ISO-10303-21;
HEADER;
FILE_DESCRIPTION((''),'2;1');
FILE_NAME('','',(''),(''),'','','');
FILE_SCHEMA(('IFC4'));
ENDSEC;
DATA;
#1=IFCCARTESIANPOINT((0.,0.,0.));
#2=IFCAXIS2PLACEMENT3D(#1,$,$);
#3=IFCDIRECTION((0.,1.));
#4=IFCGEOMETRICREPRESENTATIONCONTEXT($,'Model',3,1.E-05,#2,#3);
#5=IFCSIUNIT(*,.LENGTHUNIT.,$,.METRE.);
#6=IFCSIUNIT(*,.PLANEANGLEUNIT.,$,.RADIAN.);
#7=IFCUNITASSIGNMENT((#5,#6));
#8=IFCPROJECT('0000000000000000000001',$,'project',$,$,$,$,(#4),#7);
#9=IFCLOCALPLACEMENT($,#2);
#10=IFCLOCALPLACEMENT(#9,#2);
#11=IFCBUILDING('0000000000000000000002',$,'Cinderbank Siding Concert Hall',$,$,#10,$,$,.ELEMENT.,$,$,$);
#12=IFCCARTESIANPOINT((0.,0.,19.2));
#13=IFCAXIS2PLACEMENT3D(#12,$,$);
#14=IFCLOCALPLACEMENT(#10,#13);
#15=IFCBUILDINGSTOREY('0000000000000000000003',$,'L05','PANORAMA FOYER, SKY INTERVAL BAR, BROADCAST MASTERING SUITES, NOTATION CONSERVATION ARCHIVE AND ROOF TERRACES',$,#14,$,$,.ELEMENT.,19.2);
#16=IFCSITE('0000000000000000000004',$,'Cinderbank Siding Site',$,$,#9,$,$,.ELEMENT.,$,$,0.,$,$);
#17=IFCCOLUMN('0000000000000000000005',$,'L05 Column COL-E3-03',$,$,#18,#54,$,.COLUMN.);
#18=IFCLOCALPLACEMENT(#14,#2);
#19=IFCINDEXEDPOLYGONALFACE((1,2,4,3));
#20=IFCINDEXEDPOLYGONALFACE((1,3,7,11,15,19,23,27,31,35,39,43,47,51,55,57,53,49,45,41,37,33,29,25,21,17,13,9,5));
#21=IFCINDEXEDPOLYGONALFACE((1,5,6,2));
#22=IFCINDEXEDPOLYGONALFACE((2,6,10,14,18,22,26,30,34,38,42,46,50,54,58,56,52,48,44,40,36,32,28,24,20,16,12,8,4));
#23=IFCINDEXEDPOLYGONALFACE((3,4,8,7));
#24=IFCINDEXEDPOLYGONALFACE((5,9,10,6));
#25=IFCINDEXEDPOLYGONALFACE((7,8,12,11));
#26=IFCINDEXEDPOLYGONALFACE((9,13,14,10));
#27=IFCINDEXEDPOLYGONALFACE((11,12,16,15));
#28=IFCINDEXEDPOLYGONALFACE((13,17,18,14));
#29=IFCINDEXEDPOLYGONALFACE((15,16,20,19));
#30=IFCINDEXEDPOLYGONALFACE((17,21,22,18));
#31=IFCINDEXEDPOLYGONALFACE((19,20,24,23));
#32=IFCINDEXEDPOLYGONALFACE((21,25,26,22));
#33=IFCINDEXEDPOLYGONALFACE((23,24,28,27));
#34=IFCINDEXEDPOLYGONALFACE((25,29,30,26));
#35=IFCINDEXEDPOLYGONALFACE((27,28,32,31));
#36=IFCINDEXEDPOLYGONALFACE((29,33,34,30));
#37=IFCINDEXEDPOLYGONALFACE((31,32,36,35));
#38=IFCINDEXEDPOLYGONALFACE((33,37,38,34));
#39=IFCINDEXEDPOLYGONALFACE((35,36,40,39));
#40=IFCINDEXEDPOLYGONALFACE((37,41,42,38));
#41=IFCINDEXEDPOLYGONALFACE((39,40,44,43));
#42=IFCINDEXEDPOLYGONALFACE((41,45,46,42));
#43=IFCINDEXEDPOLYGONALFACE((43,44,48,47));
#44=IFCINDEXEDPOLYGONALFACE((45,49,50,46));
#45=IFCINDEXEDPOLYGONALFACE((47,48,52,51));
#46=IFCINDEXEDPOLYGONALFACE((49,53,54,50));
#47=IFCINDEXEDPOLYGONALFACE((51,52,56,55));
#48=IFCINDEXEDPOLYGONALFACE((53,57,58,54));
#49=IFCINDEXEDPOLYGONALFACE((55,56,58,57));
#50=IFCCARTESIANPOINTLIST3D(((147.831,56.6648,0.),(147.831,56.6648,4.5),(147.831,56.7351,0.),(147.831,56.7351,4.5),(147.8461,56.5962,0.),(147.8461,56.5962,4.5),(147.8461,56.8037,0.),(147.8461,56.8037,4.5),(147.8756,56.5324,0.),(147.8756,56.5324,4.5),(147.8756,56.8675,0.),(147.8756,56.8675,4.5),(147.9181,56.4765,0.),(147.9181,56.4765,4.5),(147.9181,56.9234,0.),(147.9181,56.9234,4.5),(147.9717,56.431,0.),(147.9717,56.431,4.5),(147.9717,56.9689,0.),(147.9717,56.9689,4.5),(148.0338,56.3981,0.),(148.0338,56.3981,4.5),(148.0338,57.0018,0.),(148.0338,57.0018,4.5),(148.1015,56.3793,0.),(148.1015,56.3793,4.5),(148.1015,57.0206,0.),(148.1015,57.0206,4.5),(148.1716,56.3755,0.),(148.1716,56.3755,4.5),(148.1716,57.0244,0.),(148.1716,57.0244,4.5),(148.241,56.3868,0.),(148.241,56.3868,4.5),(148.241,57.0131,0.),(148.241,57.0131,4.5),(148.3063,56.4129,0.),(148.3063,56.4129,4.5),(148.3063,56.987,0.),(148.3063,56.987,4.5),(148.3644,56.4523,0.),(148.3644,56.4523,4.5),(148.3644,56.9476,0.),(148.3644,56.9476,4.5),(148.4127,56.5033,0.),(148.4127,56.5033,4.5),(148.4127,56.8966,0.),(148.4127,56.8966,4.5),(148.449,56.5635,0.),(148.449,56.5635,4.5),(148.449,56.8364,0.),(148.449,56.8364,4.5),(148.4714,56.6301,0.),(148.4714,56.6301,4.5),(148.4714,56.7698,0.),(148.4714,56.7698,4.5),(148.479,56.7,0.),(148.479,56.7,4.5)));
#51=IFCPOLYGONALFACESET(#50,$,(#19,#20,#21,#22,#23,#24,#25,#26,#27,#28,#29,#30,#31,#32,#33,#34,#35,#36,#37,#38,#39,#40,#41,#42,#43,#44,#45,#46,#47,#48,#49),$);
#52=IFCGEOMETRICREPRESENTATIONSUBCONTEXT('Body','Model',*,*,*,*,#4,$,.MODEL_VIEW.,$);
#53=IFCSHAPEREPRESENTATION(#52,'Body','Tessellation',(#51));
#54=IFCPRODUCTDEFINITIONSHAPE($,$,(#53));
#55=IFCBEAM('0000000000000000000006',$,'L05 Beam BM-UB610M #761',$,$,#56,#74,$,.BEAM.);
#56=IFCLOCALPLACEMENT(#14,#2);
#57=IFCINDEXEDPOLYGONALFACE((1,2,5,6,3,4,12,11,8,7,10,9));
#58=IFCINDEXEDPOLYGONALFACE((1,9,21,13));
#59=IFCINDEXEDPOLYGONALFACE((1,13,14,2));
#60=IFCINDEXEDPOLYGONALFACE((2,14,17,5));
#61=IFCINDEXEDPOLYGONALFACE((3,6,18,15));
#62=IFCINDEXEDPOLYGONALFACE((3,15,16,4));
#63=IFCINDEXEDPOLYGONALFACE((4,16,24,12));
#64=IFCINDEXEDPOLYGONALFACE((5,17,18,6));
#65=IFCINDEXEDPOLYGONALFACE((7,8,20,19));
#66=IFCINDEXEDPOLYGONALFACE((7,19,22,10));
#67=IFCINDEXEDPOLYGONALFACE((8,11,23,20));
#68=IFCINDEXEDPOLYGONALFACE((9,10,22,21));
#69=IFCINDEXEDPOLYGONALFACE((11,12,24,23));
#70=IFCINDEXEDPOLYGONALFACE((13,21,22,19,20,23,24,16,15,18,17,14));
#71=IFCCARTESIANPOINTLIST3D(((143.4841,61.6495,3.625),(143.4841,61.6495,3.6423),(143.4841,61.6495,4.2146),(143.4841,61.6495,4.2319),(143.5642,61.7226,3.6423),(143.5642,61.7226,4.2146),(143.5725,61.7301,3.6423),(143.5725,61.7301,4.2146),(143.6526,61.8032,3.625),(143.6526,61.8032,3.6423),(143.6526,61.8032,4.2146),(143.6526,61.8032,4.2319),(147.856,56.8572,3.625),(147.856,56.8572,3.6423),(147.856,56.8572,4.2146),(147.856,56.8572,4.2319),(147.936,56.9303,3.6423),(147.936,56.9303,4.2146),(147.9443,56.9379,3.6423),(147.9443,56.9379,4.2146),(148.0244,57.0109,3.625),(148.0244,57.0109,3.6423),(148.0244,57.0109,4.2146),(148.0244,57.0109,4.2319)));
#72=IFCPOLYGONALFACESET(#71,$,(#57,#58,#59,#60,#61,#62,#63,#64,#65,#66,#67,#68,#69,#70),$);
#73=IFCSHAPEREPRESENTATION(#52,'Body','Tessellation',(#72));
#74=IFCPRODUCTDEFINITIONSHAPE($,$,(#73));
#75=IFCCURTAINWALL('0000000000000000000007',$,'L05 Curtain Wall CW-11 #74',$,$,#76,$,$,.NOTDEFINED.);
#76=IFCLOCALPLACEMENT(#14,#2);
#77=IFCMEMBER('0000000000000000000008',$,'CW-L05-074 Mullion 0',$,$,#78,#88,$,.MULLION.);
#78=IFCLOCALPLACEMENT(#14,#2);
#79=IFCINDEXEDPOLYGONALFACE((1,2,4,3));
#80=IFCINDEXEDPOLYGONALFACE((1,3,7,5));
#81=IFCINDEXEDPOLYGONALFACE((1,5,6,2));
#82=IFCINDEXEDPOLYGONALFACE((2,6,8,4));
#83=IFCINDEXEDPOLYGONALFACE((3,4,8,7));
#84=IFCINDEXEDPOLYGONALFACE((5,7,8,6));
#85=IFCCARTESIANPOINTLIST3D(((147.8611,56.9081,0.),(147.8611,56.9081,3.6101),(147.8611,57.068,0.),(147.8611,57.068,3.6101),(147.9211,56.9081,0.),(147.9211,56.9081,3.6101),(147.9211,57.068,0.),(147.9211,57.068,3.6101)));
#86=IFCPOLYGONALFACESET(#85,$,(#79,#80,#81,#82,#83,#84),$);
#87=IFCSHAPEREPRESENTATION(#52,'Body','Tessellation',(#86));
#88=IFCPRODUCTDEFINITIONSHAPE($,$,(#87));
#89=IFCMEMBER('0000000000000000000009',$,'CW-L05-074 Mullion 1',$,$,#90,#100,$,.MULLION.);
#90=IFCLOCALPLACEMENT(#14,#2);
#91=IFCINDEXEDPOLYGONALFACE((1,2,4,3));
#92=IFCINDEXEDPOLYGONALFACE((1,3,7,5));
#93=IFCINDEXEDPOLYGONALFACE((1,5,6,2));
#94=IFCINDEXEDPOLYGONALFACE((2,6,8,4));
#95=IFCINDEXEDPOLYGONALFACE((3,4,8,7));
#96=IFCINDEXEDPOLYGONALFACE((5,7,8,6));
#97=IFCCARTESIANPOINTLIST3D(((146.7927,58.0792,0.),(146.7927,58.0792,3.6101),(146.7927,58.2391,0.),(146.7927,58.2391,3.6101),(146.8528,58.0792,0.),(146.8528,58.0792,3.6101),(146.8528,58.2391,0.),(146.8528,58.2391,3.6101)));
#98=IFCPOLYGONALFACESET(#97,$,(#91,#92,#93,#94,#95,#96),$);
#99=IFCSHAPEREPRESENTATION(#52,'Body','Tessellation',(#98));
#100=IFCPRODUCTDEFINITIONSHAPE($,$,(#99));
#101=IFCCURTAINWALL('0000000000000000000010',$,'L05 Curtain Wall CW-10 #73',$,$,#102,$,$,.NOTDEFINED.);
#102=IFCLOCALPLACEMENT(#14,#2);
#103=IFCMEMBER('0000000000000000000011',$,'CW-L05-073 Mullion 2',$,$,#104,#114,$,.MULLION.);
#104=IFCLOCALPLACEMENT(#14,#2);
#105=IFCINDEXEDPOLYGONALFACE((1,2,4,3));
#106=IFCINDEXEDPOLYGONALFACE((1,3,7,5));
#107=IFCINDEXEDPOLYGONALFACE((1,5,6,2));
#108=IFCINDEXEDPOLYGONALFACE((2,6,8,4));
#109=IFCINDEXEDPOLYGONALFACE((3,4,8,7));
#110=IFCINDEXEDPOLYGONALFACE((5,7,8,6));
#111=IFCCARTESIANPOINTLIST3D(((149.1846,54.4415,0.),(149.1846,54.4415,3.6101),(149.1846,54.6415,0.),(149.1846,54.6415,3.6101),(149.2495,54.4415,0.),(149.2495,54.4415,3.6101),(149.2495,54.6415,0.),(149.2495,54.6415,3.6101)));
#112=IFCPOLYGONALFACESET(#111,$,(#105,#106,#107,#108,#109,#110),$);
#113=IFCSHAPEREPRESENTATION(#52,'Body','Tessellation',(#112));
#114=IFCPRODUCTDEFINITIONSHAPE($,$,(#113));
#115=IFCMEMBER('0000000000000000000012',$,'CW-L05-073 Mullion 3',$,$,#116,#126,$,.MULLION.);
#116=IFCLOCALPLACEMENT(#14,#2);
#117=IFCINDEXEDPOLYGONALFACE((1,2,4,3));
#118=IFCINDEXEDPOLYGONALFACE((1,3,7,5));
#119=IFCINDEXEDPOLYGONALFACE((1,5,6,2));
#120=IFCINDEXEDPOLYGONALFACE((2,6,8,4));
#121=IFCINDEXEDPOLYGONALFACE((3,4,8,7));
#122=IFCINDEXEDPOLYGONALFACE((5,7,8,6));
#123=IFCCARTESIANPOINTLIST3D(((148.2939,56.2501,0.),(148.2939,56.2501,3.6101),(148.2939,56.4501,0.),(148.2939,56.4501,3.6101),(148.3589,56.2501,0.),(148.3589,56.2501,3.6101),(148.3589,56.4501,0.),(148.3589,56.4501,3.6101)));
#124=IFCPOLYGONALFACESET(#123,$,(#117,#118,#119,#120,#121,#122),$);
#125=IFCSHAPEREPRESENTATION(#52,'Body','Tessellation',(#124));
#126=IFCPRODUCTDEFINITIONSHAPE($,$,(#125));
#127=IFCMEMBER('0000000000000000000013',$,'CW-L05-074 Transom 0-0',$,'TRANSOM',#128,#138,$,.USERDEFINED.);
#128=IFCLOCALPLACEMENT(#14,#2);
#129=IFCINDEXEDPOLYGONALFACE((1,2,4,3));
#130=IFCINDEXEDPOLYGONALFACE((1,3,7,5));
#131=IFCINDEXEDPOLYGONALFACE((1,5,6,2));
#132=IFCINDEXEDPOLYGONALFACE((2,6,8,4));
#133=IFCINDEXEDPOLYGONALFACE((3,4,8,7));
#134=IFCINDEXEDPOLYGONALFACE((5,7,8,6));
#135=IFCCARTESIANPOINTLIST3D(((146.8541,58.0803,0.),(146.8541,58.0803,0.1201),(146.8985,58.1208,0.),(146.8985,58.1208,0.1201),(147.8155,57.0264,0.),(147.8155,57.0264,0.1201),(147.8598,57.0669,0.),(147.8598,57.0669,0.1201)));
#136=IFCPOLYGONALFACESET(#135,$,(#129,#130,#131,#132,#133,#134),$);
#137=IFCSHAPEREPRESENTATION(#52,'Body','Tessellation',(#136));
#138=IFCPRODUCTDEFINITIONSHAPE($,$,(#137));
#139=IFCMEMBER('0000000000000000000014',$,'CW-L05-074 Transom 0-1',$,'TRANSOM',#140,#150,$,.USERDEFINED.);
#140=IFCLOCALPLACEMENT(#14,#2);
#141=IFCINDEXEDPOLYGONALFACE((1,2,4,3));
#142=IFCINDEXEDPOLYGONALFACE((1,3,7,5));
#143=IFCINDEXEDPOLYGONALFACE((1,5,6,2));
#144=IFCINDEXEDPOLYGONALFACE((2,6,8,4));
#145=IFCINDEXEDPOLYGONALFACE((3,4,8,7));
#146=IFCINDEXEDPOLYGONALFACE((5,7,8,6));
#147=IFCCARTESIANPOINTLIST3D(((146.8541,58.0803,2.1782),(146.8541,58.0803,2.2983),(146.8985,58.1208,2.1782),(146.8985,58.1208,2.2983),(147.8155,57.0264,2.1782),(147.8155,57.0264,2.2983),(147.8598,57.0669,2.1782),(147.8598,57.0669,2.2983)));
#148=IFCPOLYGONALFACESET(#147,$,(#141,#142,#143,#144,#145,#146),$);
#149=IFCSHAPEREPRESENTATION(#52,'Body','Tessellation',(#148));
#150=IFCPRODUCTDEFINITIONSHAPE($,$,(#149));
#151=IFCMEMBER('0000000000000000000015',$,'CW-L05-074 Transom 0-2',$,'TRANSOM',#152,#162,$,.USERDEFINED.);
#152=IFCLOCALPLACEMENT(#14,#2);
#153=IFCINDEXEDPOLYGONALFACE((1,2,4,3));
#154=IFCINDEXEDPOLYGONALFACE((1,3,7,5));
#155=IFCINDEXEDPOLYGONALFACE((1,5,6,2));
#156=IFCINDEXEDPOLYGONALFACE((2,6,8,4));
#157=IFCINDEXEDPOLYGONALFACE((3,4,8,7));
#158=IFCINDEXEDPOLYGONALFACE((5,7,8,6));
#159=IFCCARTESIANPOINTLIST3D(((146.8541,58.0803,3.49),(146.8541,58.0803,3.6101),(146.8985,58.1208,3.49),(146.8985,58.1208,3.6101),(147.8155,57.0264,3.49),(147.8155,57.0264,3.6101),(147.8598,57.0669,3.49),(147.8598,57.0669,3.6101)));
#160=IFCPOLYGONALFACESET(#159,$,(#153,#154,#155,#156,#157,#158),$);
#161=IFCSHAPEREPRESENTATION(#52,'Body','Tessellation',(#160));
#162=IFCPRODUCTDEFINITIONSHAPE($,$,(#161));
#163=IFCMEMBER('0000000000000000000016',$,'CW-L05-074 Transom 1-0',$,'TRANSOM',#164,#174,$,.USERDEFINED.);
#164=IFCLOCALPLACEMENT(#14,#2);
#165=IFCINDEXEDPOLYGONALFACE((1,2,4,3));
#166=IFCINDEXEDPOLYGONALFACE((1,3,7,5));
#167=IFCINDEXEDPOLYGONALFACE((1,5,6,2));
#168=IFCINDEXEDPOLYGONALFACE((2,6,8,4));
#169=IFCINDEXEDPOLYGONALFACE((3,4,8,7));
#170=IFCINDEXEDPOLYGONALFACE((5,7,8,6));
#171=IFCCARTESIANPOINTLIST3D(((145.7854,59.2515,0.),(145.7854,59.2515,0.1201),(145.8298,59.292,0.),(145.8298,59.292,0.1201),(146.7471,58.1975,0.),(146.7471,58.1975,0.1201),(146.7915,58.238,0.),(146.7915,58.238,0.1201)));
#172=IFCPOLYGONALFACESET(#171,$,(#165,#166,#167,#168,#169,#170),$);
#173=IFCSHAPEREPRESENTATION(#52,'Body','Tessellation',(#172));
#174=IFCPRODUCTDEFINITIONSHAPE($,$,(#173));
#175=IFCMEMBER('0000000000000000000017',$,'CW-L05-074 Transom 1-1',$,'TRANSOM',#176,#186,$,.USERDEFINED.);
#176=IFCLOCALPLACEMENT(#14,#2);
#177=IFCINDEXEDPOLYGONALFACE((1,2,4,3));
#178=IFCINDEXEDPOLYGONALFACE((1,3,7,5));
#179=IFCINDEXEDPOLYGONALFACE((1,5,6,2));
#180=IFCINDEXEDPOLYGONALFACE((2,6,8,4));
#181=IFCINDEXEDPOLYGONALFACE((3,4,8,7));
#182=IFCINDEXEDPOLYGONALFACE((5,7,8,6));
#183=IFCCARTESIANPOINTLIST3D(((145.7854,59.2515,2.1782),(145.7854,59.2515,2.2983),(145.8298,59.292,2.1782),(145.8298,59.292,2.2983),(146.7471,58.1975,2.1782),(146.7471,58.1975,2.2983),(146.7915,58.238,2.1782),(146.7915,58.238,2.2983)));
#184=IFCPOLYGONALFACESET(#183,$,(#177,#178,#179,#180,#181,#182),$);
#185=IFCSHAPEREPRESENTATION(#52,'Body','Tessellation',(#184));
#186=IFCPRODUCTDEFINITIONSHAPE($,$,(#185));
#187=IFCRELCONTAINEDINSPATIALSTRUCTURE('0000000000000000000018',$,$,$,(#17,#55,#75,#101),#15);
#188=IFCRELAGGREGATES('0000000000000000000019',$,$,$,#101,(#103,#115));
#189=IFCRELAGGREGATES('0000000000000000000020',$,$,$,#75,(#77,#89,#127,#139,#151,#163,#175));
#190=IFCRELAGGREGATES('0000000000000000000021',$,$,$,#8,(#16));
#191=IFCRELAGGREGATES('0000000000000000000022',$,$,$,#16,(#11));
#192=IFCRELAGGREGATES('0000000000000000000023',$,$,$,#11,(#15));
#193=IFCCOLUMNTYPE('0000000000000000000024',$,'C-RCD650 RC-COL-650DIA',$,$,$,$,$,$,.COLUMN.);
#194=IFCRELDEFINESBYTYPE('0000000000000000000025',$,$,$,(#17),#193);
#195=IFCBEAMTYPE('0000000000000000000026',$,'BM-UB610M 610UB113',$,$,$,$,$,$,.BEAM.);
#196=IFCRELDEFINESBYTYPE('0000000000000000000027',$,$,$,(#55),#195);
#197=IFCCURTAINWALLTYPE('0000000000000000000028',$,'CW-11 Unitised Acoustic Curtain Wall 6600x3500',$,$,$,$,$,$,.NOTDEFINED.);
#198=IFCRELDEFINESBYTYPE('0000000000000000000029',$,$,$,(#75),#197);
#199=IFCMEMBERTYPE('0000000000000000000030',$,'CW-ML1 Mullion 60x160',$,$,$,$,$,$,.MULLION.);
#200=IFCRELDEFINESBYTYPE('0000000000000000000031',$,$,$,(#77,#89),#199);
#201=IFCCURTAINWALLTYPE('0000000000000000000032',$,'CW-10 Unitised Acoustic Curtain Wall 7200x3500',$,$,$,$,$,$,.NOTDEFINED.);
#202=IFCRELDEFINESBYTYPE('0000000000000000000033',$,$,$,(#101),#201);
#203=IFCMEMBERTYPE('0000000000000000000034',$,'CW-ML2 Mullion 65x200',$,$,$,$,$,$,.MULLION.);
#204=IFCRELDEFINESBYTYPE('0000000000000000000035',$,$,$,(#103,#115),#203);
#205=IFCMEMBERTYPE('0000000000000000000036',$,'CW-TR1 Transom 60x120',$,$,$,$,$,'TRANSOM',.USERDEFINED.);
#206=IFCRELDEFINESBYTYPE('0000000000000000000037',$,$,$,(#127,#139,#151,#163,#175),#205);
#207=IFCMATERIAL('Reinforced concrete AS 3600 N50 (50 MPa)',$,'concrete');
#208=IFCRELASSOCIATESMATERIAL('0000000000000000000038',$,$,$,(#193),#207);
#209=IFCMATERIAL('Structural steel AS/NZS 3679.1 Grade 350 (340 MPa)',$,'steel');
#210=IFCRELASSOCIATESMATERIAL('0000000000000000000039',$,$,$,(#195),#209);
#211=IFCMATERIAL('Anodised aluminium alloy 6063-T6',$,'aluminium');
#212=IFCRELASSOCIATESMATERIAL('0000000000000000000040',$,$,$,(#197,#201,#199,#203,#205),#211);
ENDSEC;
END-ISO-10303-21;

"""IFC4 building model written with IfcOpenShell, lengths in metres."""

from ifc_helpers import new_model, si_unit, direction, frame, origin, origin_2d, place, context, subcontext, project, spatial, rectangle, circle, i_section, extrude, material, material_profile, profile_set, type_object, element, aggregate, save


model = new_model("IFC4")

# Units and contexts
model_context = context("Model", 3, precision=1e-05, world=origin(), true_north=direction((0.0, 1.0)))
body_context = subcontext(model_context, "Body", "Model", "MODEL_VIEW")
ifc_project = project(units=[si_unit("LENGTHUNIT", "METRE"), si_unit("PLANEANGLEUNIT", "RADIAN")], contexts=[model_context])

# Site, building, storey
site_placement = place(None, origin())
site = spatial("IfcSite", under=ifc_project, at=site_placement, Name="Cinderbank Siding Site", CompositionType="ELEMENT", RefElevation=0.0)
building_placement = place(site_placement, origin())
building = spatial("IfcBuilding", under=site, at=building_placement, Name="Cinderbank Siding Concert Hall", CompositionType="ELEMENT")
storey_placement = place(building_placement, frame((0.0, 0.0, 19.2)))
storey = spatial("IfcBuildingStorey", under=building, at=storey_placement, Name="L05", Description="PANORAMA FOYER, SKY INTERVAL BAR, BROADCAST MASTERING SUITES, NOTATION CONSERVATION ARCHIVE AND ROOF TERRACES", CompositionType="ELEMENT", Elevation=19.2)

# Column
ifc_material_1 = material(Name="Reinforced concrete AS 3600 N50 (50 MPa)", Category="concrete")
ifc_material_profile_1 = material_profile(ifc_material_1, circle(Radius=0.325, at=origin_2d()), Name="RC-COL-650DIA", Category="LoadBearing")
ifc_profile_set_1 = profile_set([ifc_material_profile_1], Name="Reinforced concrete AS 3600 N50 (50 MPa)")
column_type = type_object("IfcColumnType", Name="C-RCD650 RC-COL-650DIA", PredefinedType="COLUMN", material=ifc_profile_set_1)
column_placement = place(storey_placement, frame((148.1541, 56.7, 0.0), z_axis=(0.0, 0.0, 1.0), x_axis=(1.0, 0.0, 0.0)))
element("IfcColumn", 1, at=column_placement, inside=storey, type_object=column_type, Name="L05 Column COL-E3-03", PredefinedType="COLUMN", context=body_context, shape_type="SweptSolid", body=[
    extrude(circle(Radius=0.325, at=origin_2d()), origin(), (0.0, 0.0, 1.0), 4.5),
])

# Beam
ifc_material_2 = material(Name="Structural steel AS/NZS 3679.1 Grade 350 (340 MPa)", Category="steel")
ifc_material_profile_2 = material_profile(ifc_material_2, i_section(OverallWidth=0.228, OverallDepth=0.6069, WebThickness=0.0112, FlangeThickness=0.0173, at=origin_2d()), Name="610UB113", Category="LoadBearing")
ifc_profile_set_2 = profile_set([ifc_material_profile_2], Name="Structural steel AS/NZS 3679.1 Grade 350 (340 MPa)")
beam_type = type_object("IfcBeamType", Name="BM-UB610M 610UB113", PredefinedType="BEAM", material=ifc_profile_set_2)
beam_placement = place(storey_placement, frame((147.9402, 56.9341, 3.9285), z_axis=(-0.673959, 0.738769, 0.0), x_axis=(-0.738769, -0.673959, 0.0)))
element("IfcBeam", 2, at=beam_placement, inside=storey, type_object=beam_type, Name="L05 Beam BM-UB610M #761", PredefinedType="BEAM", context=body_context, shape_type="SweptSolid", body=[
    extrude(i_section(OverallWidth=0.228, OverallDepth=0.6069, WebThickness=0.0112, FlangeThickness=0.0173, at=origin_2d()), origin(), (0.0, 0.0, 1.0), 6.4868),
])

# Curtain walls, members
ifc_material_3 = material(Name="Anodised aluminium alloy 6063-T6", Category="aluminium")
curtain_wall_type_1 = type_object("IfcCurtainWallType", Name="CW-11 Unitised Acoustic Curtain Wall 6600x3500", PredefinedType="NOTDEFINED", material=ifc_material_3)
curtain_wall_1_placement = place(storey_placement, origin())
curtain_wall_1 = element("IfcCurtainWall", 3, at=curtain_wall_1_placement, inside=storey, type_object=curtain_wall_type_1, Name="L05 Curtain Wall CW-11 #74", PredefinedType="NOTDEFINED")
ifc_material_profile_3 = material_profile(ifc_material_3, rectangle(XDim=0.0601, YDim=0.1599, at=origin_2d()), Name="ALU-MULL-60x160", Category="LoadBearing")
ifc_profile_set_3 = profile_set([ifc_material_profile_3], Name="Anodised aluminium alloy 6063-T6")
member_type_1 = type_object("IfcMemberType", Name="CW-ML1 Mullion 60x160", PredefinedType="MULLION", material=ifc_profile_set_3)
member_1_placement = place(storey_placement, frame((147.8911, 56.988, 0.0), z_axis=(0.0, 0.0, 1.0), x_axis=(1.0, 0.0, 0.0)))
member_1 = element("IfcMember", 4, at=member_1_placement, type_object=member_type_1, Name="CW-L05-074 Mullion 0", PredefinedType="MULLION", context=body_context, shape_type="SweptSolid", body=[
    extrude(rectangle(XDim=0.0601, YDim=0.1599, at=origin_2d()), origin(), (0.0, 0.0, 1.0), 3.6101),
])
member_2_placement = place(storey_placement, frame((146.8228, 58.1592, 0.0), z_axis=(0.0, 0.0, 1.0), x_axis=(1.0, 0.0, 0.0)))
member_2 = element("IfcMember", 5, at=member_2_placement, type_object=member_type_1, Name="CW-L05-074 Mullion 1", PredefinedType="MULLION", context=body_context, shape_type="SweptSolid", body=[
    extrude(rectangle(XDim=0.0601, YDim=0.1599, at=origin_2d()), origin(), (0.0, 0.0, 1.0), 3.6101),
])
curtain_wall_type_2 = type_object("IfcCurtainWallType", Name="CW-10 Unitised Acoustic Curtain Wall 7200x3500", PredefinedType="NOTDEFINED", material=ifc_material_3)
curtain_wall_2_placement = place(storey_placement, origin())
curtain_wall_2 = element("IfcCurtainWall", 6, at=curtain_wall_2_placement, inside=storey, type_object=curtain_wall_type_2, Name="L05 Curtain Wall CW-10 #73", PredefinedType="NOTDEFINED")
ifc_material_profile_4 = material_profile(ifc_material_3, rectangle(XDim=0.0649, YDim=0.2, at=origin_2d()), Name="ALU-MULL-65x200", Category="LoadBearing")
ifc_profile_set_4 = profile_set([ifc_material_profile_4], Name="Anodised aluminium alloy 6063-T6")
member_type_2 = type_object("IfcMemberType", Name="CW-ML2 Mullion 65x200", PredefinedType="MULLION", material=ifc_profile_set_4)
member_3_placement = place(storey_placement, frame((149.217, 54.5415, 0.0), z_axis=(0.0, 0.0, 1.0), x_axis=(1.0, 0.0, 0.0)))
member_3 = element("IfcMember", 7, at=member_3_placement, type_object=member_type_2, Name="CW-L05-073 Mullion 2", PredefinedType="MULLION", context=body_context, shape_type="SweptSolid", body=[
    extrude(rectangle(XDim=0.0649, YDim=0.2, at=origin_2d()), origin(), (0.0, 0.0, 1.0), 3.6101),
])
member_4_placement = place(storey_placement, frame((148.3264, 56.3501, 0.0), z_axis=(0.0, 0.0, 1.0), x_axis=(1.0, 0.0, 0.0)))
member_4 = element("IfcMember", 8, at=member_4_placement, type_object=member_type_2, Name="CW-L05-073 Mullion 3", PredefinedType="MULLION", context=body_context, shape_type="SweptSolid", body=[
    extrude(rectangle(XDim=0.0649, YDim=0.2, at=origin_2d()), origin(), (0.0, 0.0, 1.0), 3.6101),
])

# Members
ifc_material_profile_5 = material_profile(ifc_material_3, rectangle(XDim=0.0601, YDim=0.1201, at=origin_2d()), Name="ALU-TRAN-60x120", Category="LoadBearing")
ifc_profile_set_5 = profile_set([ifc_material_profile_5], Name="Anodised aluminium alloy 6063-T6")
member_type_3 = type_object("IfcMemberType", Name="CW-TR1 Transom 60x120", ElementType="TRANSOM", PredefinedType="USERDEFINED", material=ifc_profile_set_5)
member_5_placement = place(storey_placement, frame((147.8376, 57.0466, 0.0601), z_axis=(-0.673932, 0.738793, 0.0), x_axis=(-0.738793, -0.673932, 0.0)))
member_5 = element("IfcMember", 9, at=member_5_placement, type_object=member_type_3, Name="CW-L05-074 Transom 0-0", ObjectType="TRANSOM", PredefinedType="USERDEFINED", context=body_context, shape_type="SweptSolid", body=[
    extrude(rectangle(XDim=0.0601, YDim=0.1201, at=origin_2d()), origin(), (0.0, 0.0, 1.0), 1.4265),
])
member_6_placement = place(storey_placement, frame((147.8376, 57.0466, 2.2383), z_axis=(-0.673932, 0.738793, 0.0), x_axis=(-0.738793, -0.673932, 0.0)))
member_6 = element("IfcMember", 10, at=member_6_placement, type_object=member_type_3, Name="CW-L05-074 Transom 0-1", ObjectType="TRANSOM", PredefinedType="USERDEFINED", context=body_context, shape_type="SweptSolid", body=[
    extrude(rectangle(XDim=0.0601, YDim=0.1201, at=origin_2d()), origin(), (0.0, 0.0, 1.0), 1.4265),
])
member_7_placement = place(storey_placement, frame((147.8376, 57.0466, 3.55), z_axis=(-0.673932, 0.738793, 0.0), x_axis=(-0.738793, -0.673932, 0.0)))
member_7 = element("IfcMember", 11, at=member_7_placement, type_object=member_type_3, Name="CW-L05-074 Transom 0-2", ObjectType="TRANSOM", PredefinedType="USERDEFINED", context=body_context, shape_type="SweptSolid", body=[
    extrude(rectangle(XDim=0.0601, YDim=0.1201, at=origin_2d()), origin(), (0.0, 0.0, 1.0), 1.4265),
])
member_8_placement = place(storey_placement, frame((146.7693, 58.2178, 0.0601), z_axis=(-0.674026, 0.738708, 0.0), x_axis=(-0.738708, -0.674026, 0.0)))
member_8 = element("IfcMember", 12, at=member_8_placement, type_object=member_type_3, Name="CW-L05-074 Transom 1-0", ObjectType="TRANSOM", PredefinedType="USERDEFINED", context=body_context, shape_type="SweptSolid", body=[
    extrude(rectangle(XDim=0.0601, YDim=0.1201, at=origin_2d()), origin(), (0.0, 0.0, 1.0), 1.4268),
])
member_9_placement = place(storey_placement, frame((146.7693, 58.2178, 2.2383), z_axis=(-0.674026, 0.738708, 0.0), x_axis=(-0.738708, -0.674026, 0.0)))
member_9 = element("IfcMember", 13, at=member_9_placement, type_object=member_type_3, Name="CW-L05-074 Transom 1-1", ObjectType="TRANSOM", PredefinedType="USERDEFINED", context=body_context, shape_type="SweptSolid", body=[
    extrude(rectangle(XDim=0.0601, YDim=0.1201, at=origin_2d()), origin(), (0.0, 0.0, 1.0), 1.4268),
])

aggregate(curtain_wall_2, [member_3, member_4])
aggregate(curtain_wall_1, [member_1, member_2, member_5, member_6, member_7, member_8, member_9])

save(model, "model.ifc")
